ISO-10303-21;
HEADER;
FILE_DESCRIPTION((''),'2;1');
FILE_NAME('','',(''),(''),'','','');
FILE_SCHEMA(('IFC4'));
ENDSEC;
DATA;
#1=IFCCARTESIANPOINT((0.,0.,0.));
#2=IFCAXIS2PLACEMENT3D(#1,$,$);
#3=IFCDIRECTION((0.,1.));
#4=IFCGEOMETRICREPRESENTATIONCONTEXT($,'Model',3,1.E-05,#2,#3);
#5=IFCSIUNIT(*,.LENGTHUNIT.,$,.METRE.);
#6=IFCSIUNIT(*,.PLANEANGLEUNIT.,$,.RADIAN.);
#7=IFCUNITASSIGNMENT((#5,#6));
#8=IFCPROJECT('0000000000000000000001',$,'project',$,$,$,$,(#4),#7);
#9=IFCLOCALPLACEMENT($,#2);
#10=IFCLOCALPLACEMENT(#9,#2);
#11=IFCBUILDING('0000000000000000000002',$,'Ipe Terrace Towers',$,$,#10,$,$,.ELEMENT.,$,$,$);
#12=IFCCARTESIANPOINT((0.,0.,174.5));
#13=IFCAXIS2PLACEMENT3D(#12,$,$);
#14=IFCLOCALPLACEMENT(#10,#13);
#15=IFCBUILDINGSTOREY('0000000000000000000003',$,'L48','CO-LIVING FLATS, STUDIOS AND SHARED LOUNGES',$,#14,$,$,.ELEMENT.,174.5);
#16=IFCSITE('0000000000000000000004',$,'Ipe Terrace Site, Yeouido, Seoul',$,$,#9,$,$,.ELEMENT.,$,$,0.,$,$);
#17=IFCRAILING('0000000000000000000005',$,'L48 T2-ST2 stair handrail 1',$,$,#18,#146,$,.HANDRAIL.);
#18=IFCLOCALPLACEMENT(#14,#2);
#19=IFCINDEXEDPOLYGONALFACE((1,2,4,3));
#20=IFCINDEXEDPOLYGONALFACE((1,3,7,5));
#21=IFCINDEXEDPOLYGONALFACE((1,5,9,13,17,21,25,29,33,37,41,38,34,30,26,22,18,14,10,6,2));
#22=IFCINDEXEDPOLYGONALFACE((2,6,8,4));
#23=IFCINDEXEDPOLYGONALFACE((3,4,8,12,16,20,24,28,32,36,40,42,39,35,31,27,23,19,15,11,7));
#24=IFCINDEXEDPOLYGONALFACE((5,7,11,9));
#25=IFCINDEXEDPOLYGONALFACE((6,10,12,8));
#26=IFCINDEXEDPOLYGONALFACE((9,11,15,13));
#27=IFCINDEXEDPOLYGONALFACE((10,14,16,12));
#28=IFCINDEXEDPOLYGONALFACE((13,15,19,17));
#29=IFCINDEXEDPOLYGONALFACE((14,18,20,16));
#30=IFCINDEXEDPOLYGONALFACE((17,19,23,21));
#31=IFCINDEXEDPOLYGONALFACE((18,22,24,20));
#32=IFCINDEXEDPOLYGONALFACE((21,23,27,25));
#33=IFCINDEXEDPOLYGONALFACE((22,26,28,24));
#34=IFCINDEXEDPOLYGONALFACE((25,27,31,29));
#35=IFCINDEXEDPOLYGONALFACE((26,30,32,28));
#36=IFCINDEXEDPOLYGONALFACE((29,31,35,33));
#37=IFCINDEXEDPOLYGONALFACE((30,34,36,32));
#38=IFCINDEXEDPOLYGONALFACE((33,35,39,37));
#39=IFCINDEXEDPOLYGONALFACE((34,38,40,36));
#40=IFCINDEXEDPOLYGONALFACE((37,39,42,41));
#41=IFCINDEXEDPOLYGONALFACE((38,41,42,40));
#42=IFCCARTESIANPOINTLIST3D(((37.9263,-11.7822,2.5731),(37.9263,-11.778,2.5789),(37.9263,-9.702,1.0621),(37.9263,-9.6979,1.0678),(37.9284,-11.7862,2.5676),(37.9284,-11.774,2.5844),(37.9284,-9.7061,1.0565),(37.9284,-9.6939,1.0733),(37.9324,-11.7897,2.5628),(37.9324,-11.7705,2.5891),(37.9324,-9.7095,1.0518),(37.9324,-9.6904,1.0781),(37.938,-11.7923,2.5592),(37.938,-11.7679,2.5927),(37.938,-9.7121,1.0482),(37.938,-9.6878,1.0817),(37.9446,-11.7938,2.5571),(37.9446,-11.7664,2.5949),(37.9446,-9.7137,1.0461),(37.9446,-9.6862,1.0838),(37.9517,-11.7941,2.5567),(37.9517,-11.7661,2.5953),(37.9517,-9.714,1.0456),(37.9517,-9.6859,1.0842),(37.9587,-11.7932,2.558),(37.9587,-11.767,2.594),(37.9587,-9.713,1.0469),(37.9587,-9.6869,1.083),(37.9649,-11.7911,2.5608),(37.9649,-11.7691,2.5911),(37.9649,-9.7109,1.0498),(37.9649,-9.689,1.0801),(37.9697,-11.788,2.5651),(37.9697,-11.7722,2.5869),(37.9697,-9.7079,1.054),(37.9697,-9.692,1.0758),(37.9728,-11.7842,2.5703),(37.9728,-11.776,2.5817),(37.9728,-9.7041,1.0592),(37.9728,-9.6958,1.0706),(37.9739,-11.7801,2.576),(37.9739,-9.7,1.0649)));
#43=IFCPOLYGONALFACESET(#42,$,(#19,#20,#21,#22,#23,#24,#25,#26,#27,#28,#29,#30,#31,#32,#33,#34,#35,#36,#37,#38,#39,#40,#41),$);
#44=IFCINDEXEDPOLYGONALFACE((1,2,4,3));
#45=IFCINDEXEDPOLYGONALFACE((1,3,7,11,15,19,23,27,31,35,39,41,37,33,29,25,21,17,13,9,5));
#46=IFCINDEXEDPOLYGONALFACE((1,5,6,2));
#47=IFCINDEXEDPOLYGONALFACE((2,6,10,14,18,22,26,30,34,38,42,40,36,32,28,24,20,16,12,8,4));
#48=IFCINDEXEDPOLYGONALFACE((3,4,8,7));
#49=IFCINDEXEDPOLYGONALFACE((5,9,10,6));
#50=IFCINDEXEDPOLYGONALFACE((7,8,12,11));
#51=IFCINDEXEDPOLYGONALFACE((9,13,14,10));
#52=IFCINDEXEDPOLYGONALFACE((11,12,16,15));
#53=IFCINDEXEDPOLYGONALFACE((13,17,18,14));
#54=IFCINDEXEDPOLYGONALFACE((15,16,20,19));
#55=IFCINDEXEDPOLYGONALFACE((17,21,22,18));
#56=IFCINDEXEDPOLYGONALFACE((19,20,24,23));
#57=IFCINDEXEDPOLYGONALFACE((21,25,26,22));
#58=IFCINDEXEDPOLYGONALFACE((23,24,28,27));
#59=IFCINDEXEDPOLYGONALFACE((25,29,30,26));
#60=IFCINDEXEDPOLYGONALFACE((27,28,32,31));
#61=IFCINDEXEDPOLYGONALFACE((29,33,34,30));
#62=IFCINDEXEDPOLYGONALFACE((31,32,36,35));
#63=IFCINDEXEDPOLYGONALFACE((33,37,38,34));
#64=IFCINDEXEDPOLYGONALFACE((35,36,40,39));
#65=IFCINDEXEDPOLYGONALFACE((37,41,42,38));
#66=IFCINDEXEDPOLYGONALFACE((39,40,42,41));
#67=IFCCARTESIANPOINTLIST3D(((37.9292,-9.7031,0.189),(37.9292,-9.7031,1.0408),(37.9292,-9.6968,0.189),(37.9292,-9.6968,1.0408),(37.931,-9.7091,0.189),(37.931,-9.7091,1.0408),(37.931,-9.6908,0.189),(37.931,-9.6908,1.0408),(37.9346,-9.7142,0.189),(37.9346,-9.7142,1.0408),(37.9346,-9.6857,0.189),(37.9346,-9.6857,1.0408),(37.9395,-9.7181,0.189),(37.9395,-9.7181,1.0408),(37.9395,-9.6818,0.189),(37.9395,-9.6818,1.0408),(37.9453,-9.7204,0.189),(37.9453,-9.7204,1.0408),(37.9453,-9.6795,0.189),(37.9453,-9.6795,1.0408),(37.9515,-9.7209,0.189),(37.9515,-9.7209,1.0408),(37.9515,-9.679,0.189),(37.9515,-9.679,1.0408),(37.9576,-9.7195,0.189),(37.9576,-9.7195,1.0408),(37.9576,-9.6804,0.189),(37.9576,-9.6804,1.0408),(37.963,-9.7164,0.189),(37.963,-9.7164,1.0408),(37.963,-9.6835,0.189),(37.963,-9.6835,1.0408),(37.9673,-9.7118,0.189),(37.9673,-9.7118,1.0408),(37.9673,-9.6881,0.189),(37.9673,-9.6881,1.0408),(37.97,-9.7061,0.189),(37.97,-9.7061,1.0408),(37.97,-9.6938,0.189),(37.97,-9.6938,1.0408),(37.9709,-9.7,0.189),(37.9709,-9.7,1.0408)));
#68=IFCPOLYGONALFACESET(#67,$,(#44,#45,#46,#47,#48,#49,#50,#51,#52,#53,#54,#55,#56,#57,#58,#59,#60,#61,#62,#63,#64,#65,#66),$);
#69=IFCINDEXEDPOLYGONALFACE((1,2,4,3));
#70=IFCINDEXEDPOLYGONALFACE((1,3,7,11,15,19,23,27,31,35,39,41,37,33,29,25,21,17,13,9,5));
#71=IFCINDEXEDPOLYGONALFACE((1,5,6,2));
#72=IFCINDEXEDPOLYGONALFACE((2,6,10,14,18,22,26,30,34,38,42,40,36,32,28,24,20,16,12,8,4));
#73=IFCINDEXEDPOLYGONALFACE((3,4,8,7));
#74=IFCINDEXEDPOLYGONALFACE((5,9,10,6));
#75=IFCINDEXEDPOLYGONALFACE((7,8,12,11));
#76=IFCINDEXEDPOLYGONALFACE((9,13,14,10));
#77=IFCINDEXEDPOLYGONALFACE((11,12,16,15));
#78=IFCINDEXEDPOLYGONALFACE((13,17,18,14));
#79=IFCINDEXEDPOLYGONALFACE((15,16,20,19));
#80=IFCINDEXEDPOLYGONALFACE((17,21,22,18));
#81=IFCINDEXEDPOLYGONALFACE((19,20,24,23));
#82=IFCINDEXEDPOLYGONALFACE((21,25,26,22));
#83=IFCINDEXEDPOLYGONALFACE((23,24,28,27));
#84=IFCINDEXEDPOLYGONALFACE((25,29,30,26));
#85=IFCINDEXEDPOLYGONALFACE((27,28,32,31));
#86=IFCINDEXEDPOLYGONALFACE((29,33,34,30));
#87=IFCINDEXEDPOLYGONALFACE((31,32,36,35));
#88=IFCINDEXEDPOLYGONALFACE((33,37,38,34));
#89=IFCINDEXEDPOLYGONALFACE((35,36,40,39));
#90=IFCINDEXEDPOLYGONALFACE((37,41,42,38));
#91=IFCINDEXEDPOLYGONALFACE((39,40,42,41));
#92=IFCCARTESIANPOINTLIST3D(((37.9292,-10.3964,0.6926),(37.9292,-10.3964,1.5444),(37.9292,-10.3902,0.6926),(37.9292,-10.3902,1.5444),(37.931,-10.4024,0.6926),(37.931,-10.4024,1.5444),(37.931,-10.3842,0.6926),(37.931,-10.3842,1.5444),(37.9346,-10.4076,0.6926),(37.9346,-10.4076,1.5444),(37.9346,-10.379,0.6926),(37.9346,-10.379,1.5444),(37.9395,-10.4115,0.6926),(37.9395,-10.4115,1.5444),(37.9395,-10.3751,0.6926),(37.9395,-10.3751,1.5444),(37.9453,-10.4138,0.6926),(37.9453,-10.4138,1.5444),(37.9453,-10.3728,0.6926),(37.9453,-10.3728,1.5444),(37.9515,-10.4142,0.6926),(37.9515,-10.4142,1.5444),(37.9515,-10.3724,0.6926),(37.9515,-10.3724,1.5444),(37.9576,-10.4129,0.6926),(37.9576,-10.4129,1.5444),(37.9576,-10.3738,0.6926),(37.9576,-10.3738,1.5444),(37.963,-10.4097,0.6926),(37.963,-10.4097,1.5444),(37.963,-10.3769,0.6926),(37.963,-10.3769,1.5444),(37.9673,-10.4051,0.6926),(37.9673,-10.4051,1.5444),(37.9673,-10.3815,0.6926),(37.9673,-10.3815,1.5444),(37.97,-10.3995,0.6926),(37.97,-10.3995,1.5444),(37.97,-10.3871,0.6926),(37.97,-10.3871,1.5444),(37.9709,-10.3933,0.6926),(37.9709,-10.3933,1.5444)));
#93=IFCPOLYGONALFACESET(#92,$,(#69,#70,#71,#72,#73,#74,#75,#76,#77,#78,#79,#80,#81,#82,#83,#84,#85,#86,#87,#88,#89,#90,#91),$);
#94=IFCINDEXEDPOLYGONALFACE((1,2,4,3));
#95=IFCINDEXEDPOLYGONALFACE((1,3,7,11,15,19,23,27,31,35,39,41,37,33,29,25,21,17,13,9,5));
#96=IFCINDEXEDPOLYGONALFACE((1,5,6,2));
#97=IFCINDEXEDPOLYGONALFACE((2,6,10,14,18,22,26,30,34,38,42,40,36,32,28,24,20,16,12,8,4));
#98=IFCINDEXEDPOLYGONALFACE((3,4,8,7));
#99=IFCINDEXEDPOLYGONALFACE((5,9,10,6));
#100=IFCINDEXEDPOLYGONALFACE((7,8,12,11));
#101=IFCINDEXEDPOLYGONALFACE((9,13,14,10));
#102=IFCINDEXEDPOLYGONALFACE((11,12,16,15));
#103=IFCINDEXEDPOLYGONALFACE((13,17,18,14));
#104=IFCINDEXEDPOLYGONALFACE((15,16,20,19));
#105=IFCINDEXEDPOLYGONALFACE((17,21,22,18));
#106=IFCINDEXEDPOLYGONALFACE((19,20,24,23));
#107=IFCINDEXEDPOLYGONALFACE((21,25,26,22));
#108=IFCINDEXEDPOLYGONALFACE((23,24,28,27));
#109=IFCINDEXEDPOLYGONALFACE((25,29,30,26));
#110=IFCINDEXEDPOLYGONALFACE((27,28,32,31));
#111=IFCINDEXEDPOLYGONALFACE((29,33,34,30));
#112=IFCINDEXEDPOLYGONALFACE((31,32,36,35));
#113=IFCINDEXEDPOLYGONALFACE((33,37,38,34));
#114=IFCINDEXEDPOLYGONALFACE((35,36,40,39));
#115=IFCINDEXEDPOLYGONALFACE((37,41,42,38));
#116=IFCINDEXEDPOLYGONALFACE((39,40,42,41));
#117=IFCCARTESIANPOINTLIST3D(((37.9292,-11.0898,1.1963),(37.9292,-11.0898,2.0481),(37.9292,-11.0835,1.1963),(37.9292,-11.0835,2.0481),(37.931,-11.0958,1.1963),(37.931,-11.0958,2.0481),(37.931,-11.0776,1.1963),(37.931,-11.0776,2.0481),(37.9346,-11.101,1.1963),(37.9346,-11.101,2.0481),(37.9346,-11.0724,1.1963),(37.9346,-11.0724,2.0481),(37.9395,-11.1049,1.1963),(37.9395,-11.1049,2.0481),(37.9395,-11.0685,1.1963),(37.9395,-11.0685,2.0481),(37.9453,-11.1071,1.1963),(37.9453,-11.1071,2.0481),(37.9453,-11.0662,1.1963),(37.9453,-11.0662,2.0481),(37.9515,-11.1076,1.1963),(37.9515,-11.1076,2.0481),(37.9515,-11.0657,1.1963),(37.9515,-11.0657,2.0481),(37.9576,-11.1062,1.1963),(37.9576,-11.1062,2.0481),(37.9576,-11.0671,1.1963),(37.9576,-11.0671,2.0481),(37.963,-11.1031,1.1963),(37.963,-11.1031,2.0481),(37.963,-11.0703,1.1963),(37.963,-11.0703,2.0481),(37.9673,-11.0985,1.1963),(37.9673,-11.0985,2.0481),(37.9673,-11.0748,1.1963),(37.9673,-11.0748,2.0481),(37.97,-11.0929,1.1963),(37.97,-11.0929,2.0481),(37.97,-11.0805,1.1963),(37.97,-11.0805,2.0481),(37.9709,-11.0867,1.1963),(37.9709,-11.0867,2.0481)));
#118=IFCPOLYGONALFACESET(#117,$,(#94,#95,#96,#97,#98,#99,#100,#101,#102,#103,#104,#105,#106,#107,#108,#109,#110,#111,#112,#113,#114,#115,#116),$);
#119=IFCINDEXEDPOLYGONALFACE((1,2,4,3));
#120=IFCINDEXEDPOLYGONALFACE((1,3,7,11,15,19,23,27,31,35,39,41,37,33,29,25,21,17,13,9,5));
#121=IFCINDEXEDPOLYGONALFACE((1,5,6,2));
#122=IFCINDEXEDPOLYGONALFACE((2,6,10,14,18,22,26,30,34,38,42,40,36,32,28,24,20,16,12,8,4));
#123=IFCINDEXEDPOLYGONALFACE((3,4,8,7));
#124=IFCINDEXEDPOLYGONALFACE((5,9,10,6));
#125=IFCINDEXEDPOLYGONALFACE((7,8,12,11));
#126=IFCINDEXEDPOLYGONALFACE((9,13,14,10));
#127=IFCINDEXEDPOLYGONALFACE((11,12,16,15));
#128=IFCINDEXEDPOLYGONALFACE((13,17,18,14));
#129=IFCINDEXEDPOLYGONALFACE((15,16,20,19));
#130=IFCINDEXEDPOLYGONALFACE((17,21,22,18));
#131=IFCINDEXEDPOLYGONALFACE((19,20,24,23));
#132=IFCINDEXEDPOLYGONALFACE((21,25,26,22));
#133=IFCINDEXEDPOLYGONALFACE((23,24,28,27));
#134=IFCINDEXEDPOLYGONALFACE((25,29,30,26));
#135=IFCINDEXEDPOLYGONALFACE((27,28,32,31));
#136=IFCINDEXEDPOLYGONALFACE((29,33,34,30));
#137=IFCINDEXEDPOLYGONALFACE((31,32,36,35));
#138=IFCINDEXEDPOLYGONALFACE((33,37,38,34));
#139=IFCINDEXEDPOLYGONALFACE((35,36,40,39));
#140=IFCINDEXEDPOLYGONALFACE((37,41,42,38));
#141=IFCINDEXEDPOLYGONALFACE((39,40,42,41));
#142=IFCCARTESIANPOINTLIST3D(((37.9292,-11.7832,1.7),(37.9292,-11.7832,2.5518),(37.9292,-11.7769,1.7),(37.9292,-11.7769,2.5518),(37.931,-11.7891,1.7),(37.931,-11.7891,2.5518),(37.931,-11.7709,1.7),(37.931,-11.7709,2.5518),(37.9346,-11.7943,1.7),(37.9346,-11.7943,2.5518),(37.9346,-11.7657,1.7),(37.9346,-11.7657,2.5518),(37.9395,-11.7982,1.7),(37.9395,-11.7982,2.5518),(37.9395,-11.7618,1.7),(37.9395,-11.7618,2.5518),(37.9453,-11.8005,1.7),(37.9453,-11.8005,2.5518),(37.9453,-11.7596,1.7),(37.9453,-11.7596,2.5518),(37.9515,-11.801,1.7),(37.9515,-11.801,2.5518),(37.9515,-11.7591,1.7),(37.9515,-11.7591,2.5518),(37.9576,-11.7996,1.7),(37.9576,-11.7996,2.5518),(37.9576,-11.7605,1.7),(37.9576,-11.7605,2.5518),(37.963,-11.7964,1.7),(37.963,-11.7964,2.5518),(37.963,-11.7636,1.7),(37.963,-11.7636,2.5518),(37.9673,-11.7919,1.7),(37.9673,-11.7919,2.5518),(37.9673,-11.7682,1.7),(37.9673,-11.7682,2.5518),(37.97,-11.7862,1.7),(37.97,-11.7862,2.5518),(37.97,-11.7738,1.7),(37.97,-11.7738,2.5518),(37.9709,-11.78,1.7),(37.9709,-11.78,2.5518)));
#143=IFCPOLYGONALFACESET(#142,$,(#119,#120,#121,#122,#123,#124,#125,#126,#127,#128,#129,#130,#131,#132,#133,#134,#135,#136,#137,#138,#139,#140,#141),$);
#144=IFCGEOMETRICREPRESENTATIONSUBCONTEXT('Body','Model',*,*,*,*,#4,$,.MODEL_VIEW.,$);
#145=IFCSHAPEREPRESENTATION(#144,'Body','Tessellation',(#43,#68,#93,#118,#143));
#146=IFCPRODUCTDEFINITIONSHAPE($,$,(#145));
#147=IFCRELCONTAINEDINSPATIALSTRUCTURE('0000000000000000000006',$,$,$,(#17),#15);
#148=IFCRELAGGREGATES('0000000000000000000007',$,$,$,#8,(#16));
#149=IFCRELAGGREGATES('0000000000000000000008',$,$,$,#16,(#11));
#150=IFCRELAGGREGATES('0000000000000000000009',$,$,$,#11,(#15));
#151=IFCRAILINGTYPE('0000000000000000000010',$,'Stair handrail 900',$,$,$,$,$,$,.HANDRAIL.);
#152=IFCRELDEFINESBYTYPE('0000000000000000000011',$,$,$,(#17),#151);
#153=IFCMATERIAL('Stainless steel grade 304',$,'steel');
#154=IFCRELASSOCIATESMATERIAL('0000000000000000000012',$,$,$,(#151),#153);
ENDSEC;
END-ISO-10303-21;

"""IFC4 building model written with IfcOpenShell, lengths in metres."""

from ifc_helpers import new_model, si_unit, direction, frame, origin, origin_2d, place, context, subcontext, project, spatial, circle, extrude, material, type_object, element, save


model = new_model("IFC4")

# Units and contexts
model_context = context("Model", 3, precision=1e-05, world=origin(), true_north=direction((0.0, 1.0)))
body_context = subcontext(model_context, "Body", "Model", "MODEL_VIEW")
ifc_project = project(units=[si_unit("LENGTHUNIT", "METRE"), si_unit("PLANEANGLEUNIT", "RADIAN")], contexts=[model_context])

# Site, building, storey
site_placement = place(None, origin())
site = spatial("IfcSite", under=ifc_project, at=site_placement, Name="Ipe Terrace Site, Yeouido, Seoul", CompositionType="ELEMENT", RefElevation=0.0)
building_placement = place(site_placement, origin())
building = spatial("IfcBuilding", under=site, at=building_placement, Name="Ipe Terrace Towers", CompositionType="ELEMENT")
storey_placement = place(building_placement, frame((0.0, 0.0, 174.5)))
storey = spatial("IfcBuildingStorey", under=building, at=storey_placement, Name="L48", Description="CO-LIVING FLATS, STUDIOS AND SHARED LOUNGES", CompositionType="ELEMENT", Elevation=174.5)

# Railing
ifc_material_1 = material(Name="Stainless steel grade 304", Category="steel")
railing_type_1 = type_object("IfcRailingType", Name="Stair handrail 900", PredefinedType="HANDRAIL", material=ifc_material_1)
railing_1_placement = place(storey_placement, frame((37.95, -9.7, 0.189)))
element("IfcRailing", 1, at=railing_1_placement, inside=storey, type_object=railing_type_1, Name="L48 T2-ST2 stair handrail 1", PredefinedType="HANDRAIL", context=body_context, shape_type="SweptSolid", body=[
    extrude(circle(Radius=0.0239, at=origin_2d()), frame((0.0, 0.0, 0.876), z_axis=(0.0, -0.809069, 0.587714), x_axis=(1.0, 0.0, 0.0)), (0.0, 0.0, 1.0), 2.571),
    extrude(circle(Radius=0.021, at=origin_2d()), origin(), (0.0, 0.0, 1.0), 0.8518),
    extrude(circle(Radius=0.021, at=origin_2d()), frame((0.0, -0.6934, 0.5037)), (0.0, 0.0, 1.0), 0.8518),
    extrude(circle(Radius=0.021, at=origin_2d()), frame((0.0, -1.3867, 1.0073)), (0.0, 0.0, 1.0), 0.8518),
    extrude(circle(Radius=0.021, at=origin_2d()), frame((0.0, -2.0801, 1.511)), (0.0, 0.0, 1.0), 0.8518),
])

save(model, "model.ifc")
